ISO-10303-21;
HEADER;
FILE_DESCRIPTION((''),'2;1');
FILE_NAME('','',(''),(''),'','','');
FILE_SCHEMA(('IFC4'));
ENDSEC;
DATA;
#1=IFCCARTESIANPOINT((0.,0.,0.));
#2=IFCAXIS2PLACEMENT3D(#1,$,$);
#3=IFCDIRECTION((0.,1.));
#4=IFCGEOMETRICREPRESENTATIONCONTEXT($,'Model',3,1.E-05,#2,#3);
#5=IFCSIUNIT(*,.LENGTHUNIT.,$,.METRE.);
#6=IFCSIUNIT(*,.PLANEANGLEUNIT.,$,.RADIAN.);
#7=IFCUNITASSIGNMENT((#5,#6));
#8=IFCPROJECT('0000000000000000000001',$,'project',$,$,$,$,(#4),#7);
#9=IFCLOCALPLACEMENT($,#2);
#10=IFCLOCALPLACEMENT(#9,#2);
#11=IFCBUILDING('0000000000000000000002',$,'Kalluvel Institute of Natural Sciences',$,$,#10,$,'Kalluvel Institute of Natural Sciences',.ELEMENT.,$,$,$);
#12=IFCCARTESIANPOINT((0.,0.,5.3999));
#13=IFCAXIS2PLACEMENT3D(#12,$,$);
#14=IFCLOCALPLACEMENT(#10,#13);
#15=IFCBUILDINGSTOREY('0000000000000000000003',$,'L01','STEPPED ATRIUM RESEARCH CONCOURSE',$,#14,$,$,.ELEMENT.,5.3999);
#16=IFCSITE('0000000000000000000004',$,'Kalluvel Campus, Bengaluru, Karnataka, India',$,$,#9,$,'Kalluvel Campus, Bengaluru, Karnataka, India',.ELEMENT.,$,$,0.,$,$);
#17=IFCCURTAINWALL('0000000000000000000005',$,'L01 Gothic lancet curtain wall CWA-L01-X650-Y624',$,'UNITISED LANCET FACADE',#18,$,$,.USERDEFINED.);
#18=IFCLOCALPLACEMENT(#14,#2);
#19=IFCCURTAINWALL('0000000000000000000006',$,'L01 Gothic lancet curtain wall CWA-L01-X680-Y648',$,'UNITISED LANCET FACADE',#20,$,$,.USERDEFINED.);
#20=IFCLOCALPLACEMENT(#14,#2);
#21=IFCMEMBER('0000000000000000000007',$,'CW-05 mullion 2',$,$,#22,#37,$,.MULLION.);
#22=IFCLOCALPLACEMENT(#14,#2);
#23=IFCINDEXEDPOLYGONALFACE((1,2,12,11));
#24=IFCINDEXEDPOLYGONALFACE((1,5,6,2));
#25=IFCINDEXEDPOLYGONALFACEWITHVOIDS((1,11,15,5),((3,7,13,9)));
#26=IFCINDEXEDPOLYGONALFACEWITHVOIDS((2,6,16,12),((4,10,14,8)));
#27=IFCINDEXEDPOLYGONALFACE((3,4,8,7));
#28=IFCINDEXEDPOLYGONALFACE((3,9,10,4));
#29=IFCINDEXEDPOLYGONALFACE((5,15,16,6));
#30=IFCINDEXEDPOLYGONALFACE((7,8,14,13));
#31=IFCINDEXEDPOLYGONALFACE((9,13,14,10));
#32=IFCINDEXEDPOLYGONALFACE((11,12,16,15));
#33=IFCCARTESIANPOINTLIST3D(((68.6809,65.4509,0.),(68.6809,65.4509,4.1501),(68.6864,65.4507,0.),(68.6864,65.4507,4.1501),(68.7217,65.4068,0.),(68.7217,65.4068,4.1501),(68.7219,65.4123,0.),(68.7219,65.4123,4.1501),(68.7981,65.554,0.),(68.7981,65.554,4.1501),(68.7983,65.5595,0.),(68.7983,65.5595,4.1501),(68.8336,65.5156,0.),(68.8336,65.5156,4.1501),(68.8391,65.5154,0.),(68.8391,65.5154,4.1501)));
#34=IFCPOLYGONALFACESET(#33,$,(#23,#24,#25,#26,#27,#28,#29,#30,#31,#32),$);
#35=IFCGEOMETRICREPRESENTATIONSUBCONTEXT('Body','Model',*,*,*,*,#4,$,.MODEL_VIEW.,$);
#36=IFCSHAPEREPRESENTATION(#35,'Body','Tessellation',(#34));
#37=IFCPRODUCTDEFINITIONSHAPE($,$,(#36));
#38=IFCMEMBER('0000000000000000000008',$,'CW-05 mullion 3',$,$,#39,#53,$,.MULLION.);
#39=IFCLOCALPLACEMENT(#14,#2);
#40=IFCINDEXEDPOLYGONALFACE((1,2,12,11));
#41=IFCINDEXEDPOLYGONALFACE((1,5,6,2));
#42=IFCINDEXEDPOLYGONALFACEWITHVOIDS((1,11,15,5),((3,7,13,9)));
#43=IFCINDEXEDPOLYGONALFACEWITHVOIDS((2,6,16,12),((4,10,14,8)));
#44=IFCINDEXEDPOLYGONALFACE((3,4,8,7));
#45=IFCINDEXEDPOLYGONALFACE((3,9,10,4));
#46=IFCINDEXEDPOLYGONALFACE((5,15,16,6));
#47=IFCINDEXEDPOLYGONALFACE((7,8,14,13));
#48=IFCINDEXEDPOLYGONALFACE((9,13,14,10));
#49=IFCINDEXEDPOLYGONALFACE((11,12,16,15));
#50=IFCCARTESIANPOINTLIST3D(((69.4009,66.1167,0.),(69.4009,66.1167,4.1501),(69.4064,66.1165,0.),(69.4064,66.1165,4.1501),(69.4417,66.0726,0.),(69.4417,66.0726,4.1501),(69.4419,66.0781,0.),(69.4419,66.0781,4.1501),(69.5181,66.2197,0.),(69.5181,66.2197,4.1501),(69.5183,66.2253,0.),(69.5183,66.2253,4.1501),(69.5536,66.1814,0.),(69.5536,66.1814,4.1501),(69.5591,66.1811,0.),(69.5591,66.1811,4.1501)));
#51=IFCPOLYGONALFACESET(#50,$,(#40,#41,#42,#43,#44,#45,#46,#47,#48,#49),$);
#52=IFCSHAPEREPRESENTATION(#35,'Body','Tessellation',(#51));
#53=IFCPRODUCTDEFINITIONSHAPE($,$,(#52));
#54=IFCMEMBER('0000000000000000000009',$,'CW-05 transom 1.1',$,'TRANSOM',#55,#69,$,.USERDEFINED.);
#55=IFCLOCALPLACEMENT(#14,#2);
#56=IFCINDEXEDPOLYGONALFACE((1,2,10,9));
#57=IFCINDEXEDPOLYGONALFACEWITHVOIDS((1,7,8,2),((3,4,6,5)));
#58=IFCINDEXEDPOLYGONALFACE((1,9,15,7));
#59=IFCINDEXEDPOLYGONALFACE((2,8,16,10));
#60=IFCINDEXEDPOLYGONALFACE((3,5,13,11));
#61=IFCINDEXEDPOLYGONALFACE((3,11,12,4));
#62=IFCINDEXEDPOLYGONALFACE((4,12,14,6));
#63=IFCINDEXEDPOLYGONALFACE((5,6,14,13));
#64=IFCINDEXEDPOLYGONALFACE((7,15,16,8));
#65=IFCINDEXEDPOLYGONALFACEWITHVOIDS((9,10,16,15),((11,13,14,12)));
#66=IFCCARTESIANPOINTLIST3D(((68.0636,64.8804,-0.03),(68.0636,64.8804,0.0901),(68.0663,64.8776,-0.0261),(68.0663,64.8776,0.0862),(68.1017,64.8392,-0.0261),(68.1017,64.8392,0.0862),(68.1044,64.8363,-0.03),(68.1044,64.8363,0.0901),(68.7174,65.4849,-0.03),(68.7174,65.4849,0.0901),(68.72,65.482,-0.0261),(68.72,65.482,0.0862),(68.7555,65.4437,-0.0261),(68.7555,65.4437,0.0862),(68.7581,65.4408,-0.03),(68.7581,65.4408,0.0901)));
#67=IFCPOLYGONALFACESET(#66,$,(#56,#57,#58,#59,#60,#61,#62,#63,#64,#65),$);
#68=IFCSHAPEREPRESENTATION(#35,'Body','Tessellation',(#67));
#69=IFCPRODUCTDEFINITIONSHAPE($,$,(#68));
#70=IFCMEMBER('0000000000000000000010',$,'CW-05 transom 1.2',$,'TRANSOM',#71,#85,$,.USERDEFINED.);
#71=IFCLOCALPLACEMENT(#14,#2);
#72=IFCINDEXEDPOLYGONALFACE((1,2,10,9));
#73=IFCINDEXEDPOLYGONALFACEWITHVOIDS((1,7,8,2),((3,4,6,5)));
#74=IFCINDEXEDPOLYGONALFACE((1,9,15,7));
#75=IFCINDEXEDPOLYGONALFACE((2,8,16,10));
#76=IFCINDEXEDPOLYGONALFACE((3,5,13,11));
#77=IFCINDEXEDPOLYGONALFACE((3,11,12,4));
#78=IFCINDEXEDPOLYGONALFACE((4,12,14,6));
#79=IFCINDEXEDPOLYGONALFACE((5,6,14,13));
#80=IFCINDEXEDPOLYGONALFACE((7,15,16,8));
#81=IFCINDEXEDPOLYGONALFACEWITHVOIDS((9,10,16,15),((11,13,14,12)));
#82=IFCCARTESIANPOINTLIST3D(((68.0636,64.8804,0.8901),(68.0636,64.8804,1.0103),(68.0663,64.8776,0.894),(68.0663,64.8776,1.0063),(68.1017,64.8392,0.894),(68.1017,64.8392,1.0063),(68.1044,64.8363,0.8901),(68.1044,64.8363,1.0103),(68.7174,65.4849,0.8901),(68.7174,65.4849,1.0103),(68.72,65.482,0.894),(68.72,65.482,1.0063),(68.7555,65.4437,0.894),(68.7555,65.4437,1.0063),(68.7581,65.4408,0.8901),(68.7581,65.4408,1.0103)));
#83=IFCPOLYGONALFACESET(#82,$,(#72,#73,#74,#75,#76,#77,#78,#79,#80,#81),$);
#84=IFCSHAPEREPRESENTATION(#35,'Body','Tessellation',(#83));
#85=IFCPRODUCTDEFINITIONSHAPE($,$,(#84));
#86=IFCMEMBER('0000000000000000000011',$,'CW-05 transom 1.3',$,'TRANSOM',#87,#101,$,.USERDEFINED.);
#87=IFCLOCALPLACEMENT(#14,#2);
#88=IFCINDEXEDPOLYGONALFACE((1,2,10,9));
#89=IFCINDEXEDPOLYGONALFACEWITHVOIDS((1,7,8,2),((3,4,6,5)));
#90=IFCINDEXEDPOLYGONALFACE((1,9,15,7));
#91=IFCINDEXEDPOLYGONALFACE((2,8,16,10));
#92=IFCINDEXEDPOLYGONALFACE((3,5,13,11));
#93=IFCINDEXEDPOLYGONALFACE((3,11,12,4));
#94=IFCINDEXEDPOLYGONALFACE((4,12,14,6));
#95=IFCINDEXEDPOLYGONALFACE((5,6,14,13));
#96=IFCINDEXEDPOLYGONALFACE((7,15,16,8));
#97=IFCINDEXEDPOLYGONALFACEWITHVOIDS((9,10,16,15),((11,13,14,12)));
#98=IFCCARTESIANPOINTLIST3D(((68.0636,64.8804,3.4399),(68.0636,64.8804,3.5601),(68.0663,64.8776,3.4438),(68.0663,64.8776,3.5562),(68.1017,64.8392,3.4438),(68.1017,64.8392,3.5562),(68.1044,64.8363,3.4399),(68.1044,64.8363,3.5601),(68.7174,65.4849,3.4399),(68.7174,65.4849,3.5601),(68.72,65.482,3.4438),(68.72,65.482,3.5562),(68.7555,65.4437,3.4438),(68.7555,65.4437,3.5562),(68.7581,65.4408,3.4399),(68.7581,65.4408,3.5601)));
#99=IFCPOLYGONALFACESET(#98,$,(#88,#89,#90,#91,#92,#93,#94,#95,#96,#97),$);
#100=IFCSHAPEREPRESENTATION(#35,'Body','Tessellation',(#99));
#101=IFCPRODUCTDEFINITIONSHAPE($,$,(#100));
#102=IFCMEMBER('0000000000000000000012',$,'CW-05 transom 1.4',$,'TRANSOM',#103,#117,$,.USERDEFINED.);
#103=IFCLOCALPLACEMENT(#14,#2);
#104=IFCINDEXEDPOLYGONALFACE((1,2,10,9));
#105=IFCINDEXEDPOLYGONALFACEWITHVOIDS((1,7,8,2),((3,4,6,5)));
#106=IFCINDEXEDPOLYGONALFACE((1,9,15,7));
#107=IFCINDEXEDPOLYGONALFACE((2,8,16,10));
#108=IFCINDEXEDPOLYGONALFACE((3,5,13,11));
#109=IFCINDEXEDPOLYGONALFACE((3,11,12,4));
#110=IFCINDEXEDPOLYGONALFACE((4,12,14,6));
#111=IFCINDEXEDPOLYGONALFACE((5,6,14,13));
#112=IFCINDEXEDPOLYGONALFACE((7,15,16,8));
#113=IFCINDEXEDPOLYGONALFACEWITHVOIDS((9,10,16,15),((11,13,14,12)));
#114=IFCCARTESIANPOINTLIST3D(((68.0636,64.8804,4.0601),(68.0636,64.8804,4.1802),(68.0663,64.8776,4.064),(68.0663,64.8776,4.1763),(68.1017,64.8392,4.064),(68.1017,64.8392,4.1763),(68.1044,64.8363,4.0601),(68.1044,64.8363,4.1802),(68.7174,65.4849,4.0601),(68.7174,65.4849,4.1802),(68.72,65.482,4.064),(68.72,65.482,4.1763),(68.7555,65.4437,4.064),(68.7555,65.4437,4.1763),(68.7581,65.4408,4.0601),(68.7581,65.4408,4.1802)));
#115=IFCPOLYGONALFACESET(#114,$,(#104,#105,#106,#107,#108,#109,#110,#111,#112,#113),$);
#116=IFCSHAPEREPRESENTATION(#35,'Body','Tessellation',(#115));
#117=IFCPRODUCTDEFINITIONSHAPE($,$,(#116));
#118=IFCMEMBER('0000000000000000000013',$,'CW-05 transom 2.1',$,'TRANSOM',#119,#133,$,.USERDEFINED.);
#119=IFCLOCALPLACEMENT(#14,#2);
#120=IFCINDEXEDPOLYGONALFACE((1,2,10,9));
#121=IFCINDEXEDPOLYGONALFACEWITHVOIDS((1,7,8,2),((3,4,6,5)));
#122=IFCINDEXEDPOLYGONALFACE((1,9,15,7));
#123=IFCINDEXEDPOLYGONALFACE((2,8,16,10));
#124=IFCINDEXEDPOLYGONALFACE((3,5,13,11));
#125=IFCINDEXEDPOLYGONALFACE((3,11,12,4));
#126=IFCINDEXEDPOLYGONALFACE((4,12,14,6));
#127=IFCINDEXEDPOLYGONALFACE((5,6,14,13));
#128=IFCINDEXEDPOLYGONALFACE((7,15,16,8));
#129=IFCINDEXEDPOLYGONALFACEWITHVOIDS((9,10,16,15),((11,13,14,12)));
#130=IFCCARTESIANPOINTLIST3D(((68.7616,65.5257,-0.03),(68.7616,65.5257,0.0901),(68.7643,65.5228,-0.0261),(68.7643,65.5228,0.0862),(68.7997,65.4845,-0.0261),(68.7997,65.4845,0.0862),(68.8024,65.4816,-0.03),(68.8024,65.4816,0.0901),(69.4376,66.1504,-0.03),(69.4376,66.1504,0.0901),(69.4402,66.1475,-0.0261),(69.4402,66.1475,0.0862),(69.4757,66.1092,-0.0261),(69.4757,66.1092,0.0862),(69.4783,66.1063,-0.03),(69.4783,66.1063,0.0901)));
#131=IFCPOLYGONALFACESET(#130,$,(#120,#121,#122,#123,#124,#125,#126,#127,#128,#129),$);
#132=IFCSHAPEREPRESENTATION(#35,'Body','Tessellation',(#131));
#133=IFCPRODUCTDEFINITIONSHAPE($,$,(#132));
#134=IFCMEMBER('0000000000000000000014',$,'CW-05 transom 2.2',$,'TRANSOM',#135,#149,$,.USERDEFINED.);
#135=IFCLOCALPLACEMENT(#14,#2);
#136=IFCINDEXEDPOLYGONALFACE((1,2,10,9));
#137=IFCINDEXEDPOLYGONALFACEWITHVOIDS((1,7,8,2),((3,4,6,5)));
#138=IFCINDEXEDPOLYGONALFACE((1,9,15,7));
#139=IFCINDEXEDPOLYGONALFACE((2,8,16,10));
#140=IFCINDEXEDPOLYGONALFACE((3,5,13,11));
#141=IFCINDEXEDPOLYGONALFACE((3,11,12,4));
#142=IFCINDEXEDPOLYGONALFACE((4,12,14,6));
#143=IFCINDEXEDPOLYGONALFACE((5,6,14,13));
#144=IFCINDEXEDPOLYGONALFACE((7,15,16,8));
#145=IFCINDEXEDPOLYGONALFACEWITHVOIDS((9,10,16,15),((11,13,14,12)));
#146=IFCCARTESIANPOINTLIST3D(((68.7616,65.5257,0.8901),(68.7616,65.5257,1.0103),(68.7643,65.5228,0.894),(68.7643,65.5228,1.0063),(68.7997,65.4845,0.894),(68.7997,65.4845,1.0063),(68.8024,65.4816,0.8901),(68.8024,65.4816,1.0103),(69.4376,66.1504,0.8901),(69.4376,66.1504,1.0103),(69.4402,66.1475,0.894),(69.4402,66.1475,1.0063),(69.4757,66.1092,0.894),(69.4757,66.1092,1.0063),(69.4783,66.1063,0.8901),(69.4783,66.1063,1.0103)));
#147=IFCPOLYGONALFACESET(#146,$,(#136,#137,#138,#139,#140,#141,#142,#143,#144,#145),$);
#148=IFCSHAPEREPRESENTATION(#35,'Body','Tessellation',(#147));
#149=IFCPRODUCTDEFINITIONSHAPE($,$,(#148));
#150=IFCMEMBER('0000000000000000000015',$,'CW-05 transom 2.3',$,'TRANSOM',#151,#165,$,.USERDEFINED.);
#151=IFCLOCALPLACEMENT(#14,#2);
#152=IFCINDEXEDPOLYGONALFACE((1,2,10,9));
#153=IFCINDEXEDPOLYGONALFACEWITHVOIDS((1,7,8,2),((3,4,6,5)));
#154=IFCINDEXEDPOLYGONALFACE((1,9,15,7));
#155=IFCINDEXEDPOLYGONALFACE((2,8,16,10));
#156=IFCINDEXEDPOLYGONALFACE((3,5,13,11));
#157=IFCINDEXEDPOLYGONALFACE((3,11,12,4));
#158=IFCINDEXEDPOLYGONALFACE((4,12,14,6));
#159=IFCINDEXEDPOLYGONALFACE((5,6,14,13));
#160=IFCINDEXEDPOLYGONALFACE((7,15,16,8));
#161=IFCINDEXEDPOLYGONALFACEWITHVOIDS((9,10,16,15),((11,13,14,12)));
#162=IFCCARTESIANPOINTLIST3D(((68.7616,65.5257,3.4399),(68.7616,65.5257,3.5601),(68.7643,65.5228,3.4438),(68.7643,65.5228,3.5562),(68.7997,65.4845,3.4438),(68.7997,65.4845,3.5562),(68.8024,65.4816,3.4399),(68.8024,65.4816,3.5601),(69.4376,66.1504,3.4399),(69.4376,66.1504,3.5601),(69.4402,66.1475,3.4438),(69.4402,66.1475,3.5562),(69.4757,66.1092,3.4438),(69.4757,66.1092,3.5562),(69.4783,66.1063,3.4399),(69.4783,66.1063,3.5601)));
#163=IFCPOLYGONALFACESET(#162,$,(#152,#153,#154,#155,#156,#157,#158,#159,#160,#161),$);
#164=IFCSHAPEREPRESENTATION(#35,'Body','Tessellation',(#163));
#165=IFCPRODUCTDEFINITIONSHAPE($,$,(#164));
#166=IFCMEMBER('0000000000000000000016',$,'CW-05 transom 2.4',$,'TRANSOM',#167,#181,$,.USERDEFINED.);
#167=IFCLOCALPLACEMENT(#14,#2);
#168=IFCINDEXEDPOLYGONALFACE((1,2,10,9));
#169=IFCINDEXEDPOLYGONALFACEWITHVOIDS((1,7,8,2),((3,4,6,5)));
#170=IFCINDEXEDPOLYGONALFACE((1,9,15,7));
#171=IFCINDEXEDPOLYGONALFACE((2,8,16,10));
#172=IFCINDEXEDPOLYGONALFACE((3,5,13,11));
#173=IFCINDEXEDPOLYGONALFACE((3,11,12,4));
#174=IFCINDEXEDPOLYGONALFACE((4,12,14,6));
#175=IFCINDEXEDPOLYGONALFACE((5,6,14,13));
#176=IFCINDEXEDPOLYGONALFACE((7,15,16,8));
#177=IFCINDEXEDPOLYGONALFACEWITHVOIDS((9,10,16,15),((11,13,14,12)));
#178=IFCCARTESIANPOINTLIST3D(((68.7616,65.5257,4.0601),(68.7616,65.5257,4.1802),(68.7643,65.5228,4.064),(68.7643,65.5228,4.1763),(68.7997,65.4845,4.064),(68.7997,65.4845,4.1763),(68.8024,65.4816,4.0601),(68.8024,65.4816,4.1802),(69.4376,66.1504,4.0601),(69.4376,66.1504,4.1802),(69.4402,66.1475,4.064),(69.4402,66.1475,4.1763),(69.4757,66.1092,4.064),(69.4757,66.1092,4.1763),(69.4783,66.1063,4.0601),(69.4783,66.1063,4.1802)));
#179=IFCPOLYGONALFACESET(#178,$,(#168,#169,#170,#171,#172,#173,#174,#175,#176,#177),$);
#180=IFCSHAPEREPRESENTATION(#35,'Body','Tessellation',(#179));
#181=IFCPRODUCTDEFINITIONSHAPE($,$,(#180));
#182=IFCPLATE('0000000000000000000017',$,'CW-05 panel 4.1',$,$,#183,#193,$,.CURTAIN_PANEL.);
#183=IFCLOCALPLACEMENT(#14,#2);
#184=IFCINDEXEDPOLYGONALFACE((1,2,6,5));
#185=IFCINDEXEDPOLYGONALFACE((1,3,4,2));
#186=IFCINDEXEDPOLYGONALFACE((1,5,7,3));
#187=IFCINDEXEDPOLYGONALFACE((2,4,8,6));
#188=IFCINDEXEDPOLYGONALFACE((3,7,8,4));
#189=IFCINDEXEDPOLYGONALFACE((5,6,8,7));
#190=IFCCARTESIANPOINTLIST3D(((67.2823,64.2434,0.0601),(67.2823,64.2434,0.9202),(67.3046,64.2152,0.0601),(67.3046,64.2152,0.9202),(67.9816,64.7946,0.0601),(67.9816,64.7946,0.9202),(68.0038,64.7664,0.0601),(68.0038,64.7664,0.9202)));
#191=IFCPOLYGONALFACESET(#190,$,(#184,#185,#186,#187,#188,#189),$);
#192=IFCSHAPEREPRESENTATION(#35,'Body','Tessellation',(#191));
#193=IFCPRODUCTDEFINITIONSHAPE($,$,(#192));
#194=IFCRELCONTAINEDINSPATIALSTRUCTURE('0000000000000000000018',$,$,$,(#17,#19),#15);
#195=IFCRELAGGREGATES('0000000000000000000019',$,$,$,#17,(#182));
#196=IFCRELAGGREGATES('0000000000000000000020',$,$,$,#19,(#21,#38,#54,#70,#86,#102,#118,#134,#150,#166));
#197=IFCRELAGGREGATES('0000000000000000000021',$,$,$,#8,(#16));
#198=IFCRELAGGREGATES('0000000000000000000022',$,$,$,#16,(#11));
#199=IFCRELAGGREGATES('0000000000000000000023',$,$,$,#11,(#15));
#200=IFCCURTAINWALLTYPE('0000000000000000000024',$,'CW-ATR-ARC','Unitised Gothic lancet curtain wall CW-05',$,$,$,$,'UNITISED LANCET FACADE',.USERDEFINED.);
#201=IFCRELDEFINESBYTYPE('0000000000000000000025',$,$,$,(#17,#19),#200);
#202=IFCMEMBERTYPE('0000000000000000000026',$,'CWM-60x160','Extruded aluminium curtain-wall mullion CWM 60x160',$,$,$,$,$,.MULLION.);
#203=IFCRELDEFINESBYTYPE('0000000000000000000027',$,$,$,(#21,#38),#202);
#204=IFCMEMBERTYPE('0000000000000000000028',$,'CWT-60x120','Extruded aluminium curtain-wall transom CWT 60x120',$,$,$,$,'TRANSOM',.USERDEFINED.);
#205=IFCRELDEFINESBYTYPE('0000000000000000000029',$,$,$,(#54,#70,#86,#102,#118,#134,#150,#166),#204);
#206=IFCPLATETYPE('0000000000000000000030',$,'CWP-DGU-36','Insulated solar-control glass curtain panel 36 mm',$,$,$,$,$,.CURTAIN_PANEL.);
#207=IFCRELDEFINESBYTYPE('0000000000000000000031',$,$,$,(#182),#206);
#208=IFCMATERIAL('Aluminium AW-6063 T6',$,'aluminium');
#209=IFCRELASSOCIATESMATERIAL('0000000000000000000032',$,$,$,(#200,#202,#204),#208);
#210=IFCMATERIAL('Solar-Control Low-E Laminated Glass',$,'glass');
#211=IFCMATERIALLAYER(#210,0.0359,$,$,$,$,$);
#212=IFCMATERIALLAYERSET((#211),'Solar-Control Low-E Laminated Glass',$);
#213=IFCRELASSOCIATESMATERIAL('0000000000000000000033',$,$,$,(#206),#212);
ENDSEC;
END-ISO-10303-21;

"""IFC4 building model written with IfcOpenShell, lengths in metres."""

from ifc_helpers import new_model, si_unit, direction, frame, origin, origin_2d, place, context, subcontext, project, spatial, rectangle, hollow_rectangle, extrude, material, layer, layer_set, material_profile, profile_set, type_object, element, aggregate, save


model = new_model("IFC4")

# Units and contexts
model_context = context("Model", 3, precision=1e-05, world=origin(), true_north=direction((0.0, 1.0)))
body_context = subcontext(model_context, "Body", "Model", "MODEL_VIEW")
ifc_project = project(units=[si_unit("LENGTHUNIT", "METRE"), si_unit("PLANEANGLEUNIT", "RADIAN")], contexts=[model_context])

# Site, building, storey
site_placement = place(None, origin())
site = spatial("IfcSite", under=ifc_project, at=site_placement, Name="Kalluvel Campus, Bengaluru, Karnataka, India", LongName="Kalluvel Campus, Bengaluru, Karnataka, India", CompositionType="ELEMENT", RefElevation=0.0)
building_placement = place(site_placement, origin())
building = spatial("IfcBuilding", under=site, at=building_placement, Name="Kalluvel Institute of Natural Sciences", LongName="Kalluvel Institute of Natural Sciences", CompositionType="ELEMENT")
storey_placement = place(building_placement, frame((0.0, 0.0, 5.3999)))
storey = spatial("IfcBuildingStorey", under=building, at=storey_placement, Name="L01", Description="STEPPED ATRIUM RESEARCH CONCOURSE", CompositionType="ELEMENT", Elevation=5.3999)

# Curtain wall
ifc_material_1 = material(Name="Aluminium AW-6063 T6", Category="aluminium")
curtain_wall_type = type_object("IfcCurtainWallType", Name="CW-ATR-ARC", Description="Unitised Gothic lancet curtain wall CW-05", ElementType="UNITISED LANCET FACADE", PredefinedType="USERDEFINED", material=ifc_material_1)
curtain_wall_1_placement = place(storey_placement, origin())
curtain_wall_1 = element("IfcCurtainWall", 1, at=curtain_wall_1_placement, inside=storey, type_object=curtain_wall_type, Name="L01 Gothic lancet curtain wall CWA-L01-X650-Y624", ObjectType="UNITISED LANCET FACADE", PredefinedType="USERDEFINED")
ifc_material_profile_1 = material_profile(ifc_material_1, hollow_rectangle(XDim=0.0601, YDim=0.1599, WallThickness=0.0039, at=origin_2d()), Name="CWM 60x160")
ifc_profile_set_1 = profile_set([ifc_material_profile_1], Name="Aluminium AW-6063 T6")
member_type_1 = type_object("IfcMemberType", Name="CWM-60x160", Description="Extruded aluminium curtain-wall mullion CWM 60x160", PredefinedType="MULLION", material=ifc_profile_set_1)

# Curtain wall, members
curtain_wall_2_placement = place(storey_placement, origin())
curtain_wall_2 = element("IfcCurtainWall", 2, at=curtain_wall_2_placement, inside=storey, type_object=curtain_wall_type, Name="L01 Gothic lancet curtain wall CWA-L01-X680-Y648", ObjectType="UNITISED LANCET FACADE", PredefinedType="USERDEFINED")
member_1_placement = place(storey_placement, frame((68.76, 65.4832, 0.0), z_axis=(0.0, 0.0, 1.0), x_axis=(-0.678796, 0.734327, 0.0)))
member_1 = element("IfcMember", 3, at=member_1_placement, type_object=member_type_1, Name="CW-05 mullion 2", PredefinedType="MULLION", context=body_context, shape_type="SweptSolid", body=[
    extrude(hollow_rectangle(XDim=0.0601, YDim=0.1599, WallThickness=0.0039, at=origin_2d()), origin(), (0.0, 0.0, 1.0), 4.1501),
])
member_2_placement = place(storey_placement, frame((69.48, 66.1489, 0.0), z_axis=(0.0, 0.0, 1.0), x_axis=(-0.678796, 0.734327, 0.0)))
member_2 = element("IfcMember", 4, at=member_2_placement, type_object=member_type_1, Name="CW-05 mullion 3", PredefinedType="MULLION", context=body_context, shape_type="SweptSolid", body=[
    extrude(hollow_rectangle(XDim=0.0601, YDim=0.1599, WallThickness=0.0039, at=origin_2d()), origin(), (0.0, 0.0, 1.0), 4.1501),
])
ifc_material_profile_2 = material_profile(ifc_material_1, hollow_rectangle(XDim=0.0601, YDim=0.1201, WallThickness=0.0039, at=origin_2d()), Name="CWT 60x120")
ifc_profile_set_2 = profile_set([ifc_material_profile_2], Name="Aluminium AW-6063 T6")
member_type_2 = type_object("IfcMemberType", Name="CWT-60x120", Description="Extruded aluminium curtain-wall transom CWT 60x120", ElementType="TRANSOM", PredefinedType="USERDEFINED", material=ifc_profile_set_2)
member_3_placement = place(storey_placement, frame((68.084, 64.8584, 0.03), z_axis=(0.734257, 0.678872, 0.0), x_axis=(-0.678872, 0.734257, 0.0)))
member_3 = element("IfcMember", 5, at=member_3_placement, type_object=member_type_2, Name="CW-05 transom 1.1", ObjectType="TRANSOM", PredefinedType="USERDEFINED", context=body_context, shape_type="SweptSolid", body=[
    extrude(hollow_rectangle(XDim=0.0601, YDim=0.1201, WallThickness=0.0039, at=origin_2d()), origin(), (0.0, 0.0, 1.0), 0.8904),
])
member_4_placement = place(storey_placement, frame((68.084, 64.8584, 0.9502), z_axis=(0.734257, 0.678872, 0.0), x_axis=(-0.678872, 0.734257, 0.0)))
member_4 = element("IfcMember", 6, at=member_4_placement, type_object=member_type_2, Name="CW-05 transom 1.2", ObjectType="TRANSOM", PredefinedType="USERDEFINED", context=body_context, shape_type="SweptSolid", body=[
    extrude(hollow_rectangle(XDim=0.0601, YDim=0.1201, WallThickness=0.0039, at=origin_2d()), origin(), (0.0, 0.0, 1.0), 0.8904),
])
member_5_placement = place(storey_placement, frame((68.084, 64.8584, 3.5), z_axis=(0.734257, 0.678872, 0.0), x_axis=(-0.678872, 0.734257, 0.0)))
member_5 = element("IfcMember", 7, at=member_5_placement, type_object=member_type_2, Name="CW-05 transom 1.3", ObjectType="TRANSOM", PredefinedType="USERDEFINED", context=body_context, shape_type="SweptSolid", body=[
    extrude(hollow_rectangle(XDim=0.0601, YDim=0.1201, WallThickness=0.0039, at=origin_2d()), origin(), (0.0, 0.0, 1.0), 0.8904),
])
member_6_placement = place(storey_placement, frame((68.084, 64.8584, 4.1201), z_axis=(0.734257, 0.678872, 0.0), x_axis=(-0.678872, 0.734257, 0.0)))
member_6 = element("IfcMember", 8, at=member_6_placement, type_object=member_type_2, Name="CW-05 transom 1.4", ObjectType="TRANSOM", PredefinedType="USERDEFINED", context=body_context, shape_type="SweptSolid", body=[
    extrude(hollow_rectangle(XDim=0.0601, YDim=0.1201, WallThickness=0.0039, at=origin_2d()), origin(), (0.0, 0.0, 1.0), 0.8904),
])
member_7_placement = place(storey_placement, frame((68.782, 65.5037, 0.03), z_axis=(0.734407, 0.67871, 0.0), x_axis=(-0.67871, 0.734407, 0.0)))
member_7 = element("IfcMember", 9, at=member_7_placement, type_object=member_type_2, Name="CW-05 transom 2.1", ObjectType="TRANSOM", PredefinedType="USERDEFINED", context=body_context, shape_type="SweptSolid", body=[
    extrude(hollow_rectangle(XDim=0.0601, YDim=0.1201, WallThickness=0.0039, at=origin_2d()), origin(), (0.0, 0.0, 1.0), 0.9204),
])
member_8_placement = place(storey_placement, frame((68.782, 65.5037, 0.9502), z_axis=(0.734407, 0.67871, 0.0), x_axis=(-0.67871, 0.734407, 0.0)))
member_8 = element("IfcMember", 10, at=member_8_placement, type_object=member_type_2, Name="CW-05 transom 2.2", ObjectType="TRANSOM", PredefinedType="USERDEFINED", context=body_context, shape_type="SweptSolid", body=[
    extrude(hollow_rectangle(XDim=0.0601, YDim=0.1201, WallThickness=0.0039, at=origin_2d()), origin(), (0.0, 0.0, 1.0), 0.9204),
])
member_9_placement = place(storey_placement, frame((68.782, 65.5037, 3.5), z_axis=(0.734407, 0.67871, 0.0), x_axis=(-0.67871, 0.734407, 0.0)))
member_9 = element("IfcMember", 11, at=member_9_placement, type_object=member_type_2, Name="CW-05 transom 2.3", ObjectType="TRANSOM", PredefinedType="USERDEFINED", context=body_context, shape_type="SweptSolid", body=[
    extrude(hollow_rectangle(XDim=0.0601, YDim=0.1201, WallThickness=0.0039, at=origin_2d()), origin(), (0.0, 0.0, 1.0), 0.9204),
])
member_10_placement = place(storey_placement, frame((68.782, 65.5037, 4.1201), z_axis=(0.734407, 0.67871, 0.0), x_axis=(-0.67871, 0.734407, 0.0)))
member_10 = element("IfcMember", 12, at=member_10_placement, type_object=member_type_2, Name="CW-05 transom 2.4", ObjectType="TRANSOM", PredefinedType="USERDEFINED", context=body_context, shape_type="SweptSolid", body=[
    extrude(hollow_rectangle(XDim=0.0601, YDim=0.1201, WallThickness=0.0039, at=origin_2d()), origin(), (0.0, 0.0, 1.0), 0.9204),
])

# Plate
ifc_material_2 = material(Name="Solar-Control Low-E Laminated Glass", Category="glass")
ifc_layer = layer(ifc_material_2, 0.0359)
ifc_layer_set = layer_set([ifc_layer], Name="Solar-Control Low-E Laminated Glass")
plate_type = type_object("IfcPlateType", Name="CWP-DGU-36", Description="Insulated solar-control glass curtain panel 36 mm", PredefinedType="CURTAIN_PANEL", material=ifc_layer_set)
plate_1_placement = place(storey_placement, frame((67.6431, 64.5049, 0.0601), z_axis=(0.0, 0.0, 1.0), x_axis=(0.785314, 0.619098, 0.0)))
plate_1 = element("IfcPlate", 13, at=plate_1_placement, type_object=plate_type, Name="CW-05 panel 4.1", PredefinedType="CURTAIN_PANEL", context=body_context, shape_type="SweptSolid", body=[
    extrude(rectangle(XDim=0.8904, YDim=0.0359, at=origin_2d()), origin(), (0.0, 0.0, 1.0), 0.8601),
])
aggregate(curtain_wall_1, [plate_1])
aggregate(curtain_wall_2, [member_1, member_2, member_3, member_4, member_5, member_6, member_7, member_8, member_9, member_10])

save(model, "model.ifc")
